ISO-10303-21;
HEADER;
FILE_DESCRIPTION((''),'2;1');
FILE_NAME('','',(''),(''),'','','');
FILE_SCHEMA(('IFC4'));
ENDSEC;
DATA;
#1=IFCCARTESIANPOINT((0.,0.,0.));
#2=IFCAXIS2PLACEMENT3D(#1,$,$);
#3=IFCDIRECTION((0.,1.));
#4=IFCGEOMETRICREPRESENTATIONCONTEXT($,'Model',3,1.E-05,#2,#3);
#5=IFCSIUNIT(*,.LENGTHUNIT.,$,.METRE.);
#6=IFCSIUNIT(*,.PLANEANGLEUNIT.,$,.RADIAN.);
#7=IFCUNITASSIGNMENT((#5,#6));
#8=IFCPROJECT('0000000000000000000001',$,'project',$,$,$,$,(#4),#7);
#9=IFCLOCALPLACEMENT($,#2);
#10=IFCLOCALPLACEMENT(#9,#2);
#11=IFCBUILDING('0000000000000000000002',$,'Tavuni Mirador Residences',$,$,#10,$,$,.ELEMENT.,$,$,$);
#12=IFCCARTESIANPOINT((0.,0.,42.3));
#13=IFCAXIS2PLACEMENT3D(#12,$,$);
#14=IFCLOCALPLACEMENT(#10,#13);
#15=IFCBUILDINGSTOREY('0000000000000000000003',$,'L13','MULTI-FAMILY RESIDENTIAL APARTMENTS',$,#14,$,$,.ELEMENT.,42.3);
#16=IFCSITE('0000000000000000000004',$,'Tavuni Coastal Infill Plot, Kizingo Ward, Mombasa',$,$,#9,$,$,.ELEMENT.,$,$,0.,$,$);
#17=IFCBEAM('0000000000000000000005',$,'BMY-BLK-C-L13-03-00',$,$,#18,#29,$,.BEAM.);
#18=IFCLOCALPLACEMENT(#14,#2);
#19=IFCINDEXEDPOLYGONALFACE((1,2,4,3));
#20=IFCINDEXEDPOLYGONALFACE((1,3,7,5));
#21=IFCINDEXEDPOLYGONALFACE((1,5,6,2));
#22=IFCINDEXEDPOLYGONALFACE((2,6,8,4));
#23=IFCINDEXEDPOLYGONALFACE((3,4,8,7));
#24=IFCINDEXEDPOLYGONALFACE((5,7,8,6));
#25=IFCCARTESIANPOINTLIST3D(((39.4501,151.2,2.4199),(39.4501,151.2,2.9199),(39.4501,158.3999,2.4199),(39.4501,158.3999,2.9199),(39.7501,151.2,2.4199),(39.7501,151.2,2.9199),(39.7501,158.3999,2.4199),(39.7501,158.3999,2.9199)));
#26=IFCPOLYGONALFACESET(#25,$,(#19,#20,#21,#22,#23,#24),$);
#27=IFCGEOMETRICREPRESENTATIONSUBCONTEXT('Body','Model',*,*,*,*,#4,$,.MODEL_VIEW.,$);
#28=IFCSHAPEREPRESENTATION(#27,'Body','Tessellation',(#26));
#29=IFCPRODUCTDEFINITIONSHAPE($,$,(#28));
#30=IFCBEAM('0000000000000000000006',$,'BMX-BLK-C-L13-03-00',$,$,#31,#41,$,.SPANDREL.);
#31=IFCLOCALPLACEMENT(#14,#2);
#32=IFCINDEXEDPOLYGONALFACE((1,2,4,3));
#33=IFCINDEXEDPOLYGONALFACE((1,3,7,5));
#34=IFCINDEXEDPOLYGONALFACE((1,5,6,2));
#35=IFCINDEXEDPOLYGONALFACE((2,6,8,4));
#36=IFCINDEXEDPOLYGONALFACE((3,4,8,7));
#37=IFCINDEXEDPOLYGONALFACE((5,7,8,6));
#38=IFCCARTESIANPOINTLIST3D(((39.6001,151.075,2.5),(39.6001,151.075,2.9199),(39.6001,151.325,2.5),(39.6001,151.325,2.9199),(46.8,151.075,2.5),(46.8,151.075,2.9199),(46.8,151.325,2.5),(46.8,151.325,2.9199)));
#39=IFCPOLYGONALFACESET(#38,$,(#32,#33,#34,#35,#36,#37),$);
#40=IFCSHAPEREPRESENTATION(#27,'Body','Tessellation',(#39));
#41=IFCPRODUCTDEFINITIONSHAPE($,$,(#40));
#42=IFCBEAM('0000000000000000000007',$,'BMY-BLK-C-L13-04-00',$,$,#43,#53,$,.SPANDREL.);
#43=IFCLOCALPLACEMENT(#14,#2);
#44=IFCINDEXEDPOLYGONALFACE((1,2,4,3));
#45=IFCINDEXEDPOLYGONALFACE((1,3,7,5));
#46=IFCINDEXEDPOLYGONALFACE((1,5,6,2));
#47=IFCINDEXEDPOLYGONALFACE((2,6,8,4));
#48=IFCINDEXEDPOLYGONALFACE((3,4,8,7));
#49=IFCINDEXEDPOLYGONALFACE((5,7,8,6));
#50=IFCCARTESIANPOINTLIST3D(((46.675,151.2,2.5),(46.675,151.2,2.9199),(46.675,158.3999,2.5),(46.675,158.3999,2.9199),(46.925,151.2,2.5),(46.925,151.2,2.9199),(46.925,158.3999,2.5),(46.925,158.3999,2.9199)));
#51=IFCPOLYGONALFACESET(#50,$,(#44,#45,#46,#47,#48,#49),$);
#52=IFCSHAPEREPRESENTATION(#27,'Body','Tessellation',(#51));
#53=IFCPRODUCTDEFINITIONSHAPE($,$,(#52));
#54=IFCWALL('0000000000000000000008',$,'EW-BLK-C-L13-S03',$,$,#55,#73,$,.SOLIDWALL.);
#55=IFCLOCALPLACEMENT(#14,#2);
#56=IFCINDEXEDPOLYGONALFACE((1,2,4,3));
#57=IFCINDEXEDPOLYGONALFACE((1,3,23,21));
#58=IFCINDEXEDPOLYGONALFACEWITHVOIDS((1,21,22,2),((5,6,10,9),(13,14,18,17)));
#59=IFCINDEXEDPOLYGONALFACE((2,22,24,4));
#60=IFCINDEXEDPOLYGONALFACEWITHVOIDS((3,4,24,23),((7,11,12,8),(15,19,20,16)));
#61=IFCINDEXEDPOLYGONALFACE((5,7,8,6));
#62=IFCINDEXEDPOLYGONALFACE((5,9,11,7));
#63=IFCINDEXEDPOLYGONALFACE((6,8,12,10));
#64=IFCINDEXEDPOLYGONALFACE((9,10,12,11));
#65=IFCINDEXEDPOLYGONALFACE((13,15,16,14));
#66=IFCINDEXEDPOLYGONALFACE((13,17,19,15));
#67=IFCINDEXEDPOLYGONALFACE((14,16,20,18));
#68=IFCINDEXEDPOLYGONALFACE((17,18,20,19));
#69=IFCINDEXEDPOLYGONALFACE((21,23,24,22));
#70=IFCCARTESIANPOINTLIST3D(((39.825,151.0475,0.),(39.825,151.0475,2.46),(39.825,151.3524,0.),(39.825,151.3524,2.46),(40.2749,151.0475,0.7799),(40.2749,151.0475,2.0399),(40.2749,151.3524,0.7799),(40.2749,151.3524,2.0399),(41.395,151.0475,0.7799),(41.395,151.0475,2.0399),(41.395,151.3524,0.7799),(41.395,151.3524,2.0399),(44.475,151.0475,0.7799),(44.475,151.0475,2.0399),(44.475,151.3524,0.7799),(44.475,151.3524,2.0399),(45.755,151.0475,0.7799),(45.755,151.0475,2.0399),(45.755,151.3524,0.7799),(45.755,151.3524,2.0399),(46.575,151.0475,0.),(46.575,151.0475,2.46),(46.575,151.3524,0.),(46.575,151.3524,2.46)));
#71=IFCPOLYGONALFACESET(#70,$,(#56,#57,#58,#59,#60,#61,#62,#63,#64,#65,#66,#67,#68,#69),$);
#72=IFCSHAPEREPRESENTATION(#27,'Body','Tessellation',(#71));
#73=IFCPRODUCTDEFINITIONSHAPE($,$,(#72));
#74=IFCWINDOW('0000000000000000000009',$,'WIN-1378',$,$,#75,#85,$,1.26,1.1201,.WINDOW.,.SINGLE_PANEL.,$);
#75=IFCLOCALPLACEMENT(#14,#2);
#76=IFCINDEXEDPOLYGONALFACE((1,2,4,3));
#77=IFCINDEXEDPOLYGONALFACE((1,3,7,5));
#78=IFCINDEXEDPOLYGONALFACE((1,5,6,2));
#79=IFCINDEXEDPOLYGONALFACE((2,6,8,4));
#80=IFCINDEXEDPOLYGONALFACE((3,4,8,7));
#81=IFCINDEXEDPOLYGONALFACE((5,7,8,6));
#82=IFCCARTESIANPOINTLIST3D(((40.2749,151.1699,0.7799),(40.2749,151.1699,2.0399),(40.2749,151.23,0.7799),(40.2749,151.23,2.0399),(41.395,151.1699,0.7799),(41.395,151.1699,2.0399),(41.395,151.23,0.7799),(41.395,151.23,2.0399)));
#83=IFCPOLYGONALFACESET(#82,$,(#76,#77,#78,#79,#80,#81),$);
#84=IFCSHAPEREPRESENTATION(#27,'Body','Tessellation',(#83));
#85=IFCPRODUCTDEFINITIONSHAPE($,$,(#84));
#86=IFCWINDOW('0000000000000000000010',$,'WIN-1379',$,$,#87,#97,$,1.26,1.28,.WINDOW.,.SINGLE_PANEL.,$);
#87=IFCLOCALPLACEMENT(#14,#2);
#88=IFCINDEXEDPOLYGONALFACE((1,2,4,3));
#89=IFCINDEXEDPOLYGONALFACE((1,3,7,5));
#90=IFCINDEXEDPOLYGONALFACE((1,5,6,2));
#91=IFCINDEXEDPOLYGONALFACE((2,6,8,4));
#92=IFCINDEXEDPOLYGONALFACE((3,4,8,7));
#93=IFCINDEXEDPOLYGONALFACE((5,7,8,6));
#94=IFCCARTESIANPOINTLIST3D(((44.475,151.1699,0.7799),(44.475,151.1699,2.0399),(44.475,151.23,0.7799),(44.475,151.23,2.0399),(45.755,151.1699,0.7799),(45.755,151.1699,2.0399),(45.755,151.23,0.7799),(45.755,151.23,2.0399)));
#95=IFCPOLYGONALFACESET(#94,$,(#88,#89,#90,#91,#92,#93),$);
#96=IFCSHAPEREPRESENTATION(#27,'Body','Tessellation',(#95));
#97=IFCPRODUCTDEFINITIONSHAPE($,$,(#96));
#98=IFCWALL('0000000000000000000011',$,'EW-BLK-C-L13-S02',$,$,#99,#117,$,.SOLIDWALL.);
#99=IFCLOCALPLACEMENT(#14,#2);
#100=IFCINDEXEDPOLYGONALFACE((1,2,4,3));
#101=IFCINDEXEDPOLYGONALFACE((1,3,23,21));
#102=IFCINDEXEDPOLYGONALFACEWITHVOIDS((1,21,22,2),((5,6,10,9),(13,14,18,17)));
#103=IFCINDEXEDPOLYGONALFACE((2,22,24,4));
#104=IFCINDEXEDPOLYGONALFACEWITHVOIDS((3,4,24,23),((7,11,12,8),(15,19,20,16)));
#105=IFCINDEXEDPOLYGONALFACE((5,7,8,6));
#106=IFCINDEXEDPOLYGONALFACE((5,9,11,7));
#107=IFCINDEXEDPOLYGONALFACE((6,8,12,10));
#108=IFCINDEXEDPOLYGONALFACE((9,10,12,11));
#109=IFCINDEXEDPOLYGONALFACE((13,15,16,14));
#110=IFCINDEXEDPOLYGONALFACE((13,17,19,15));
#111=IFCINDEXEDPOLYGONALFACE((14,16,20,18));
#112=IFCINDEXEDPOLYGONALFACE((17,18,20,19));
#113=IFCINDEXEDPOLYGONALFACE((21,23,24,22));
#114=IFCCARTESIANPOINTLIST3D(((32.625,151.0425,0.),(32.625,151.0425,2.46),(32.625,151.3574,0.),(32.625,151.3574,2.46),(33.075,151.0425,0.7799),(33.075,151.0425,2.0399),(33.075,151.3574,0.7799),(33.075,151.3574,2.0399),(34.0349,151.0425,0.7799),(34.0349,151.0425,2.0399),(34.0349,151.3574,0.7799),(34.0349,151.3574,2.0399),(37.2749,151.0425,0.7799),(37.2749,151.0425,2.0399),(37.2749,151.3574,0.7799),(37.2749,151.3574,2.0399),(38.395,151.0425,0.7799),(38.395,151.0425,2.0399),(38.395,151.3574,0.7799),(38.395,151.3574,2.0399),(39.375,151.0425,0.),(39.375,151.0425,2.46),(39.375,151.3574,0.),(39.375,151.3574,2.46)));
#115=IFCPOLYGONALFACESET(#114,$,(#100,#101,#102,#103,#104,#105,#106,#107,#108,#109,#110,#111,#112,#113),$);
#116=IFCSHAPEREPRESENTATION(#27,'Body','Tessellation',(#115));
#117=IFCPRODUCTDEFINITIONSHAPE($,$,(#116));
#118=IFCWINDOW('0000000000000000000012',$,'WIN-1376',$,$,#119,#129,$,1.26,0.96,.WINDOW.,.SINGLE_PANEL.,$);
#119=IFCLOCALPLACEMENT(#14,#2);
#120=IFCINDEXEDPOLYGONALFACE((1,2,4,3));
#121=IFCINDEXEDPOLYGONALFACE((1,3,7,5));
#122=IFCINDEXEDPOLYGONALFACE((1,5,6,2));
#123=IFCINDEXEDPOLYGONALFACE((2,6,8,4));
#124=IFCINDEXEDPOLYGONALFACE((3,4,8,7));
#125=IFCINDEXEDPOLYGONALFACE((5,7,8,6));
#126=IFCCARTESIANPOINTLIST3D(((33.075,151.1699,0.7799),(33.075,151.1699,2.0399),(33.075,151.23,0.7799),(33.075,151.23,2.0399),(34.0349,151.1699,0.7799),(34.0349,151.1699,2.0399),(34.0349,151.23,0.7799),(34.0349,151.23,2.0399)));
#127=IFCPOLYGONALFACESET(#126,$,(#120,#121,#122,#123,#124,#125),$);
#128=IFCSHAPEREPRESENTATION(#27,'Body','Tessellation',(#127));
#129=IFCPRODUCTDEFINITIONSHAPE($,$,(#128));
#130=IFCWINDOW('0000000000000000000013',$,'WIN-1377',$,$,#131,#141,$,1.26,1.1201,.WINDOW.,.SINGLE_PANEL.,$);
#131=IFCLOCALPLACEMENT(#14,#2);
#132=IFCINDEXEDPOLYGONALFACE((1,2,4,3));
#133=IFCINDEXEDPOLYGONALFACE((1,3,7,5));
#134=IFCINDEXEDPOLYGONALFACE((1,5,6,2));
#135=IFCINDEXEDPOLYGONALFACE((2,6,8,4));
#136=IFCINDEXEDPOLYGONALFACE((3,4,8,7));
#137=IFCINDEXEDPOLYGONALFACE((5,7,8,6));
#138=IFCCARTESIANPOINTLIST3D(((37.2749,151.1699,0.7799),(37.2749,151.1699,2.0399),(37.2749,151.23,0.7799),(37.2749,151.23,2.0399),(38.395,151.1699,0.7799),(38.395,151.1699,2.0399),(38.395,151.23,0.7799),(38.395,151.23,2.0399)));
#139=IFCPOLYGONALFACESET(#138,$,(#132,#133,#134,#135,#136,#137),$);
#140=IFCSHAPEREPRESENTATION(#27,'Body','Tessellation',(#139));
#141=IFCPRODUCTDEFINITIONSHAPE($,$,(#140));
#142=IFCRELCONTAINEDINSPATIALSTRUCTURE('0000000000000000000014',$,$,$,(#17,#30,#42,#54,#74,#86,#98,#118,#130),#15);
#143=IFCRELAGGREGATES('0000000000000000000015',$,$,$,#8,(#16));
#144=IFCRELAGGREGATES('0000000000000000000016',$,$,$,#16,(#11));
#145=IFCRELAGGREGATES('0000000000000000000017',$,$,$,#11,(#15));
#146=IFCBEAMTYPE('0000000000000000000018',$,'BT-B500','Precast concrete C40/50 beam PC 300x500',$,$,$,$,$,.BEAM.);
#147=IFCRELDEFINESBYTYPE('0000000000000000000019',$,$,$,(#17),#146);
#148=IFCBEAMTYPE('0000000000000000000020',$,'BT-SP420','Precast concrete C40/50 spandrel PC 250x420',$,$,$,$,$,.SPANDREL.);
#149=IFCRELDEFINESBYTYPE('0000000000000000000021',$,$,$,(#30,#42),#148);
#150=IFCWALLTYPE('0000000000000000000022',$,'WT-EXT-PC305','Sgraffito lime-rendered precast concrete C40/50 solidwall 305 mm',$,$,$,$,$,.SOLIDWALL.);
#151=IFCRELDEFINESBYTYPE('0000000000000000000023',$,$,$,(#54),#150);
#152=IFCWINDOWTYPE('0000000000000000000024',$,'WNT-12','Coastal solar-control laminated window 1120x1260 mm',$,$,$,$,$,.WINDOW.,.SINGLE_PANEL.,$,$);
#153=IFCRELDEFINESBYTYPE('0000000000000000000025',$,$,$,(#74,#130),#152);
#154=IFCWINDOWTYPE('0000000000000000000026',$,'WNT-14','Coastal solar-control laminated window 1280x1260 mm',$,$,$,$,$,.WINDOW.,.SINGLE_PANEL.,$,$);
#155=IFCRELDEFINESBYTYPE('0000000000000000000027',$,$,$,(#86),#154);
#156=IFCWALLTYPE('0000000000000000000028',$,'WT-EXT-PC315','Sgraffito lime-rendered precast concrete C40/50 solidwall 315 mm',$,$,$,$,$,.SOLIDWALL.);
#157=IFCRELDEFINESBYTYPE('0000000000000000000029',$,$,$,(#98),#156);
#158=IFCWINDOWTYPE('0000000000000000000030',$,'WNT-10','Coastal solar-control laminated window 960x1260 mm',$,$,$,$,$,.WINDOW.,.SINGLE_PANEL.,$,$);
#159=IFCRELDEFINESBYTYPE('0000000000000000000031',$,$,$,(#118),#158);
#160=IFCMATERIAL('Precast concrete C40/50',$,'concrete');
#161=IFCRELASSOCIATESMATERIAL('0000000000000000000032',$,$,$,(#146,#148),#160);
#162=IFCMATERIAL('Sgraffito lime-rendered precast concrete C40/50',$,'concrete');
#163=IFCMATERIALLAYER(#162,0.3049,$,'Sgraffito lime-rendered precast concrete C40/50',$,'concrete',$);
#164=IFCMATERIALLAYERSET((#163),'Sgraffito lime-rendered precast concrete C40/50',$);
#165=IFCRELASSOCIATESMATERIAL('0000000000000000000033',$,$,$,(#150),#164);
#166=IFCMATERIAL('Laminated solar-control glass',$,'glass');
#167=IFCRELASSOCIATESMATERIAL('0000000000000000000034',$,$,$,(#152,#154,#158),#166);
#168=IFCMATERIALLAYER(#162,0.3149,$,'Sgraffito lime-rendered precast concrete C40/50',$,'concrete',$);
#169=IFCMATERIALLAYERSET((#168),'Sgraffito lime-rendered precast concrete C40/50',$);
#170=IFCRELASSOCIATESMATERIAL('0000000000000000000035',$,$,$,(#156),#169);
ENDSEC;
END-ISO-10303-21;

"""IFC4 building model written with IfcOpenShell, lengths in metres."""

from ifc_helpers import new_model, si_unit, direction, frame, frame_2d, origin, origin_2d, place, context, subcontext, project, spatial, rectangle, extrude, material, layer, layer_set, material_profile, profile_set, type_object, element, fill, save


model = new_model("IFC4")

# Units and contexts
model_context = context("Model", 3, precision=1e-05, world=origin(), true_north=direction((0.0, 1.0)))
body_context = subcontext(model_context, "Body", "Model", "MODEL_VIEW")
ifc_project = project(units=[si_unit("LENGTHUNIT", "METRE"), si_unit("PLANEANGLEUNIT", "RADIAN")], contexts=[model_context])

# Site, building, storey
site_placement = place(None, origin())
site = spatial("IfcSite", under=ifc_project, at=site_placement, Name="Tavuni Coastal Infill Plot, Kizingo Ward, Mombasa", CompositionType="ELEMENT", RefElevation=0.0)
building_placement = place(site_placement, origin())
building = spatial("IfcBuilding", under=site, at=building_placement, Name="Tavuni Mirador Residences", CompositionType="ELEMENT")
storey_placement = place(building_placement, frame((0.0, 0.0, 42.3)))
storey = spatial("IfcBuildingStorey", under=building, at=storey_placement, Name="L13", Description="MULTI-FAMILY RESIDENTIAL APARTMENTS", CompositionType="ELEMENT", Elevation=42.3)

# Beams
ifc_material_1 = material(Name="Precast concrete C40/50", Category="concrete")
ifc_material_profile_1 = material_profile(ifc_material_1, rectangle(XDim=0.3, YDim=0.5, at=origin_2d()), Name="PC 300x500", Category="concrete")
ifc_profile_set_1 = profile_set([ifc_material_profile_1], Name="Precast concrete C40/50")
beam_type_1 = type_object("IfcBeamType", Name="BT-B500", Description="Precast concrete C40/50 beam PC 300x500", PredefinedType="BEAM", material=ifc_profile_set_1)
beam_placement = place(storey_placement, frame((39.6001, 151.2, 2.6699), z_axis=(0.0, 1.0, 0.0), x_axis=(-1.0, 0.0, 0.0)))
element("IfcBeam", 1, at=beam_placement, inside=storey, type_object=beam_type_1, Name="BMY-BLK-C-L13-03-00", PredefinedType="BEAM", context=body_context, shape_type="SweptSolid", body=[
    extrude(rectangle(XDim=0.3, YDim=0.5, at=origin_2d()), origin(), (0.0, 0.0, 1.0), 7.2),
])
ifc_material_profile_2 = material_profile(ifc_material_1, rectangle(XDim=0.25, YDim=0.4199, at=origin_2d()), Name="PC 250x420", Category="concrete")
ifc_profile_set_2 = profile_set([ifc_material_profile_2], Name="Precast concrete C40/50")
beam_type_2 = type_object("IfcBeamType", Name="BT-SP420", Description="Precast concrete C40/50 spandrel PC 250x420", PredefinedType="SPANDREL", material=ifc_profile_set_2)
for number, where, z_axis, x_axis, name in (
    (2, (39.6001, 151.2, 2.71), (1.0, 0.0, 0.0), (0.0, 1.0, 0.0), "BMX-BLK-C-L13-03-00"),
    (3, (46.8, 151.2, 2.71), (0.0, 1.0, 0.0), (-1.0, 0.0, 0.0), "BMY-BLK-C-L13-04-00"),
):
    element("IfcBeam", number, at=place(storey_placement, frame(where, z_axis=z_axis, x_axis=x_axis)), inside=storey, type_object=beam_type_2, Name=name, PredefinedType="SPANDREL", context=body_context, shape_type="SweptSolid", body=[
        extrude(rectangle(XDim=0.25, YDim=0.4199, at=origin_2d()), origin(), (0.0, 0.0, 1.0), 7.2),
    ])

# Shared definitions
ifc_material_2 = material(Name="Sgraffito lime-rendered precast concrete C40/50", Category="concrete")
ifc_material_3 = material(Name="Laminated solar-control glass", Category="glass")

# Walls, openings, windows
ifc_layer_1 = layer(ifc_material_2, 0.3049, Name="Sgraffito lime-rendered precast concrete C40/50", Category="concrete")
ifc_layer_set_1 = layer_set([ifc_layer_1], Name="Sgraffito lime-rendered precast concrete C40/50")
wall_type_1 = type_object("IfcWallType", Name="WT-EXT-PC305", Description="Sgraffito lime-rendered precast concrete C40/50 solidwall 305 mm", PredefinedType="SOLIDWALL", material=ifc_layer_set_1)
wall_1_placement = place(storey_placement, frame((39.825, 151.2, 0.0), z_axis=(0.0, 0.0, 1.0), x_axis=(1.0, 0.0, 0.0)))
wall_1 = element("IfcWall", 4, at=wall_1_placement, inside=storey, type_object=wall_type_1, Name="EW-BLK-C-L13-S03", PredefinedType="SOLIDWALL", context=body_context, shape_type="SweptSolid", body=[
    extrude(rectangle(XDim=6.75, YDim=0.3049, at=frame_2d((3.375, 0.0))), origin(), (0.0, 0.0, 1.0), 2.46),
])
opening_1_placement = place(wall_1_placement, frame((0.45, 0.0, 0.78)))
opening_1 = element("IfcOpeningElement", 5, at=opening_1_placement, cuts=wall_1, PredefinedType="OPENING", context=body_context, shape_type="SweptSolid", body=[
    extrude(rectangle(XDim=1.1201, YDim=1.26, at=frame_2d((0.5601, 0.6299))), frame((0.0, 0.1626, 0.0), z_axis=(0.0, -1.0, 0.0), x_axis=(1.0, 0.0, 0.0)), (0.0, 0.0, 1.0), 0.325),
])
opening_2_placement = place(wall_1_placement, frame((4.6499, 0.0, 0.78)))
opening_2 = element("IfcOpeningElement", 6, at=opening_2_placement, cuts=wall_1, PredefinedType="OPENING", context=body_context, shape_type="SweptSolid", body=[
    extrude(rectangle(XDim=1.28, YDim=1.26, at=frame_2d((0.6401, 0.6299))), frame((0.0, 0.1626, 0.0), z_axis=(0.0, -1.0, 0.0), x_axis=(1.0, 0.0, 0.0)), (0.0, 0.0, 1.0), 0.325),
])
window_type_1 = type_object("IfcWindowType", Name="WNT-12", Description="Coastal solar-control laminated window 1120x1260 mm", PartitioningType="SINGLE_PANEL", PredefinedType="WINDOW", material=ifc_material_3)
window_1_placement = place(opening_1_placement, origin())
window_1 = element("IfcWindow", 7, at=window_1_placement, inside=storey, type_object=window_type_1, Name="WIN-1378", OverallHeight=1.26, OverallWidth=1.1201, PartitioningType="SINGLE_PANEL", PredefinedType="WINDOW", context=body_context, shape_type="SweptSolid", body=[
    extrude(rectangle(XDim=1.1201, YDim=1.26, at=frame_2d((0.5601, 0.6299))), frame((0.0, 0.03, 0.0), z_axis=(0.0, -1.0, 0.0), x_axis=(1.0, 0.0, 0.0)), (0.0, 0.0, 1.0), 0.0601),
])
fill(opening_1, window_1)
window_type_2 = type_object("IfcWindowType", Name="WNT-14", Description="Coastal solar-control laminated window 1280x1260 mm", PartitioningType="SINGLE_PANEL", PredefinedType="WINDOW", material=ifc_material_3)
window_2_placement = place(opening_2_placement, origin())
window_2 = element("IfcWindow", 8, at=window_2_placement, inside=storey, type_object=window_type_2, Name="WIN-1379", OverallHeight=1.26, OverallWidth=1.28, PartitioningType="SINGLE_PANEL", PredefinedType="WINDOW", context=body_context, shape_type="SweptSolid", body=[
    extrude(rectangle(XDim=1.28, YDim=1.26, at=frame_2d((0.6401, 0.6299))), frame((0.0, 0.03, 0.0), z_axis=(0.0, -1.0, 0.0), x_axis=(1.0, 0.0, 0.0)), (0.0, 0.0, 1.0), 0.0601),
])
fill(opening_2, window_2)
ifc_layer_2 = layer(ifc_material_2, 0.3149, Name="Sgraffito lime-rendered precast concrete C40/50", Category="concrete")
ifc_layer_set_2 = layer_set([ifc_layer_2], Name="Sgraffito lime-rendered precast concrete C40/50")
wall_type_2 = type_object("IfcWallType", Name="WT-EXT-PC315", Description="Sgraffito lime-rendered precast concrete C40/50 solidwall 315 mm", PredefinedType="SOLIDWALL", material=ifc_layer_set_2)
wall_2_placement = place(storey_placement, frame((32.625, 151.2, 0.0), z_axis=(0.0, 0.0, 1.0), x_axis=(1.0, 0.0, 0.0)))
wall_2 = element("IfcWall", 9, at=wall_2_placement, inside=storey, type_object=wall_type_2, Name="EW-BLK-C-L13-S02", PredefinedType="SOLIDWALL", context=body_context, shape_type="SweptSolid", body=[
    extrude(rectangle(XDim=6.75, YDim=0.3149, at=frame_2d((3.375, 0.0))), origin(), (0.0, 0.0, 1.0), 2.46),
])
opening_3_placement = place(wall_2_placement, frame((0.45, 0.0, 0.78)))
opening_3 = element("IfcOpeningElement", 10, at=opening_3_placement, cuts=wall_2, PredefinedType="OPENING", context=body_context, shape_type="SweptSolid", body=[
    extrude(rectangle(XDim=0.96, YDim=1.26, at=frame_2d((0.48, 0.6299))), frame((0.0, 0.1675, 0.0), z_axis=(0.0, -1.0, 0.0), x_axis=(1.0, 0.0, 0.0)), (0.0, 0.0, 1.0), 0.335),
])
opening_4_placement = place(wall_2_placement, frame((4.6499, 0.0, 0.78)))
opening_4 = element("IfcOpeningElement", 11, at=opening_4_placement, cuts=wall_2, PredefinedType="OPENING", context=body_context, shape_type="SweptSolid", body=[
    extrude(rectangle(XDim=1.1201, YDim=1.26, at=frame_2d((0.5601, 0.6299))), frame((0.0, 0.1675, 0.0), z_axis=(0.0, -1.0, 0.0), x_axis=(1.0, 0.0, 0.0)), (0.0, 0.0, 1.0), 0.335),
])
window_type_3 = type_object("IfcWindowType", Name="WNT-10", Description="Coastal solar-control laminated window 960x1260 mm", PartitioningType="SINGLE_PANEL", PredefinedType="WINDOW", material=ifc_material_3)
window_3_placement = place(opening_3_placement, origin())
window_3 = element("IfcWindow", 12, at=window_3_placement, inside=storey, type_object=window_type_3, Name="WIN-1376", OverallHeight=1.26, OverallWidth=0.96, PartitioningType="SINGLE_PANEL", PredefinedType="WINDOW", context=body_context, shape_type="SweptSolid", body=[
    extrude(rectangle(XDim=0.96, YDim=1.26, at=frame_2d((0.48, 0.6299))), frame((0.0, 0.03, 0.0), z_axis=(0.0, -1.0, 0.0), x_axis=(1.0, 0.0, 0.0)), (0.0, 0.0, 1.0), 0.0601),
])
fill(opening_3, window_3)
window_4_placement = place(opening_4_placement, origin())
window_4 = element("IfcWindow", 13, at=window_4_placement, inside=storey, type_object=window_type_1, Name="WIN-1377", OverallHeight=1.26, OverallWidth=1.1201, PartitioningType="SINGLE_PANEL", PredefinedType="WINDOW", context=body_context, shape_type="SweptSolid", body=[
    extrude(rectangle(XDim=1.1201, YDim=1.26, at=frame_2d((0.5601, 0.6299))), frame((0.0, 0.03, 0.0), z_axis=(0.0, -1.0, 0.0), x_axis=(1.0, 0.0, 0.0)), (0.0, 0.0, 1.0), 0.0601),
])
fill(opening_4, window_4)

save(model, "model.ifc")
